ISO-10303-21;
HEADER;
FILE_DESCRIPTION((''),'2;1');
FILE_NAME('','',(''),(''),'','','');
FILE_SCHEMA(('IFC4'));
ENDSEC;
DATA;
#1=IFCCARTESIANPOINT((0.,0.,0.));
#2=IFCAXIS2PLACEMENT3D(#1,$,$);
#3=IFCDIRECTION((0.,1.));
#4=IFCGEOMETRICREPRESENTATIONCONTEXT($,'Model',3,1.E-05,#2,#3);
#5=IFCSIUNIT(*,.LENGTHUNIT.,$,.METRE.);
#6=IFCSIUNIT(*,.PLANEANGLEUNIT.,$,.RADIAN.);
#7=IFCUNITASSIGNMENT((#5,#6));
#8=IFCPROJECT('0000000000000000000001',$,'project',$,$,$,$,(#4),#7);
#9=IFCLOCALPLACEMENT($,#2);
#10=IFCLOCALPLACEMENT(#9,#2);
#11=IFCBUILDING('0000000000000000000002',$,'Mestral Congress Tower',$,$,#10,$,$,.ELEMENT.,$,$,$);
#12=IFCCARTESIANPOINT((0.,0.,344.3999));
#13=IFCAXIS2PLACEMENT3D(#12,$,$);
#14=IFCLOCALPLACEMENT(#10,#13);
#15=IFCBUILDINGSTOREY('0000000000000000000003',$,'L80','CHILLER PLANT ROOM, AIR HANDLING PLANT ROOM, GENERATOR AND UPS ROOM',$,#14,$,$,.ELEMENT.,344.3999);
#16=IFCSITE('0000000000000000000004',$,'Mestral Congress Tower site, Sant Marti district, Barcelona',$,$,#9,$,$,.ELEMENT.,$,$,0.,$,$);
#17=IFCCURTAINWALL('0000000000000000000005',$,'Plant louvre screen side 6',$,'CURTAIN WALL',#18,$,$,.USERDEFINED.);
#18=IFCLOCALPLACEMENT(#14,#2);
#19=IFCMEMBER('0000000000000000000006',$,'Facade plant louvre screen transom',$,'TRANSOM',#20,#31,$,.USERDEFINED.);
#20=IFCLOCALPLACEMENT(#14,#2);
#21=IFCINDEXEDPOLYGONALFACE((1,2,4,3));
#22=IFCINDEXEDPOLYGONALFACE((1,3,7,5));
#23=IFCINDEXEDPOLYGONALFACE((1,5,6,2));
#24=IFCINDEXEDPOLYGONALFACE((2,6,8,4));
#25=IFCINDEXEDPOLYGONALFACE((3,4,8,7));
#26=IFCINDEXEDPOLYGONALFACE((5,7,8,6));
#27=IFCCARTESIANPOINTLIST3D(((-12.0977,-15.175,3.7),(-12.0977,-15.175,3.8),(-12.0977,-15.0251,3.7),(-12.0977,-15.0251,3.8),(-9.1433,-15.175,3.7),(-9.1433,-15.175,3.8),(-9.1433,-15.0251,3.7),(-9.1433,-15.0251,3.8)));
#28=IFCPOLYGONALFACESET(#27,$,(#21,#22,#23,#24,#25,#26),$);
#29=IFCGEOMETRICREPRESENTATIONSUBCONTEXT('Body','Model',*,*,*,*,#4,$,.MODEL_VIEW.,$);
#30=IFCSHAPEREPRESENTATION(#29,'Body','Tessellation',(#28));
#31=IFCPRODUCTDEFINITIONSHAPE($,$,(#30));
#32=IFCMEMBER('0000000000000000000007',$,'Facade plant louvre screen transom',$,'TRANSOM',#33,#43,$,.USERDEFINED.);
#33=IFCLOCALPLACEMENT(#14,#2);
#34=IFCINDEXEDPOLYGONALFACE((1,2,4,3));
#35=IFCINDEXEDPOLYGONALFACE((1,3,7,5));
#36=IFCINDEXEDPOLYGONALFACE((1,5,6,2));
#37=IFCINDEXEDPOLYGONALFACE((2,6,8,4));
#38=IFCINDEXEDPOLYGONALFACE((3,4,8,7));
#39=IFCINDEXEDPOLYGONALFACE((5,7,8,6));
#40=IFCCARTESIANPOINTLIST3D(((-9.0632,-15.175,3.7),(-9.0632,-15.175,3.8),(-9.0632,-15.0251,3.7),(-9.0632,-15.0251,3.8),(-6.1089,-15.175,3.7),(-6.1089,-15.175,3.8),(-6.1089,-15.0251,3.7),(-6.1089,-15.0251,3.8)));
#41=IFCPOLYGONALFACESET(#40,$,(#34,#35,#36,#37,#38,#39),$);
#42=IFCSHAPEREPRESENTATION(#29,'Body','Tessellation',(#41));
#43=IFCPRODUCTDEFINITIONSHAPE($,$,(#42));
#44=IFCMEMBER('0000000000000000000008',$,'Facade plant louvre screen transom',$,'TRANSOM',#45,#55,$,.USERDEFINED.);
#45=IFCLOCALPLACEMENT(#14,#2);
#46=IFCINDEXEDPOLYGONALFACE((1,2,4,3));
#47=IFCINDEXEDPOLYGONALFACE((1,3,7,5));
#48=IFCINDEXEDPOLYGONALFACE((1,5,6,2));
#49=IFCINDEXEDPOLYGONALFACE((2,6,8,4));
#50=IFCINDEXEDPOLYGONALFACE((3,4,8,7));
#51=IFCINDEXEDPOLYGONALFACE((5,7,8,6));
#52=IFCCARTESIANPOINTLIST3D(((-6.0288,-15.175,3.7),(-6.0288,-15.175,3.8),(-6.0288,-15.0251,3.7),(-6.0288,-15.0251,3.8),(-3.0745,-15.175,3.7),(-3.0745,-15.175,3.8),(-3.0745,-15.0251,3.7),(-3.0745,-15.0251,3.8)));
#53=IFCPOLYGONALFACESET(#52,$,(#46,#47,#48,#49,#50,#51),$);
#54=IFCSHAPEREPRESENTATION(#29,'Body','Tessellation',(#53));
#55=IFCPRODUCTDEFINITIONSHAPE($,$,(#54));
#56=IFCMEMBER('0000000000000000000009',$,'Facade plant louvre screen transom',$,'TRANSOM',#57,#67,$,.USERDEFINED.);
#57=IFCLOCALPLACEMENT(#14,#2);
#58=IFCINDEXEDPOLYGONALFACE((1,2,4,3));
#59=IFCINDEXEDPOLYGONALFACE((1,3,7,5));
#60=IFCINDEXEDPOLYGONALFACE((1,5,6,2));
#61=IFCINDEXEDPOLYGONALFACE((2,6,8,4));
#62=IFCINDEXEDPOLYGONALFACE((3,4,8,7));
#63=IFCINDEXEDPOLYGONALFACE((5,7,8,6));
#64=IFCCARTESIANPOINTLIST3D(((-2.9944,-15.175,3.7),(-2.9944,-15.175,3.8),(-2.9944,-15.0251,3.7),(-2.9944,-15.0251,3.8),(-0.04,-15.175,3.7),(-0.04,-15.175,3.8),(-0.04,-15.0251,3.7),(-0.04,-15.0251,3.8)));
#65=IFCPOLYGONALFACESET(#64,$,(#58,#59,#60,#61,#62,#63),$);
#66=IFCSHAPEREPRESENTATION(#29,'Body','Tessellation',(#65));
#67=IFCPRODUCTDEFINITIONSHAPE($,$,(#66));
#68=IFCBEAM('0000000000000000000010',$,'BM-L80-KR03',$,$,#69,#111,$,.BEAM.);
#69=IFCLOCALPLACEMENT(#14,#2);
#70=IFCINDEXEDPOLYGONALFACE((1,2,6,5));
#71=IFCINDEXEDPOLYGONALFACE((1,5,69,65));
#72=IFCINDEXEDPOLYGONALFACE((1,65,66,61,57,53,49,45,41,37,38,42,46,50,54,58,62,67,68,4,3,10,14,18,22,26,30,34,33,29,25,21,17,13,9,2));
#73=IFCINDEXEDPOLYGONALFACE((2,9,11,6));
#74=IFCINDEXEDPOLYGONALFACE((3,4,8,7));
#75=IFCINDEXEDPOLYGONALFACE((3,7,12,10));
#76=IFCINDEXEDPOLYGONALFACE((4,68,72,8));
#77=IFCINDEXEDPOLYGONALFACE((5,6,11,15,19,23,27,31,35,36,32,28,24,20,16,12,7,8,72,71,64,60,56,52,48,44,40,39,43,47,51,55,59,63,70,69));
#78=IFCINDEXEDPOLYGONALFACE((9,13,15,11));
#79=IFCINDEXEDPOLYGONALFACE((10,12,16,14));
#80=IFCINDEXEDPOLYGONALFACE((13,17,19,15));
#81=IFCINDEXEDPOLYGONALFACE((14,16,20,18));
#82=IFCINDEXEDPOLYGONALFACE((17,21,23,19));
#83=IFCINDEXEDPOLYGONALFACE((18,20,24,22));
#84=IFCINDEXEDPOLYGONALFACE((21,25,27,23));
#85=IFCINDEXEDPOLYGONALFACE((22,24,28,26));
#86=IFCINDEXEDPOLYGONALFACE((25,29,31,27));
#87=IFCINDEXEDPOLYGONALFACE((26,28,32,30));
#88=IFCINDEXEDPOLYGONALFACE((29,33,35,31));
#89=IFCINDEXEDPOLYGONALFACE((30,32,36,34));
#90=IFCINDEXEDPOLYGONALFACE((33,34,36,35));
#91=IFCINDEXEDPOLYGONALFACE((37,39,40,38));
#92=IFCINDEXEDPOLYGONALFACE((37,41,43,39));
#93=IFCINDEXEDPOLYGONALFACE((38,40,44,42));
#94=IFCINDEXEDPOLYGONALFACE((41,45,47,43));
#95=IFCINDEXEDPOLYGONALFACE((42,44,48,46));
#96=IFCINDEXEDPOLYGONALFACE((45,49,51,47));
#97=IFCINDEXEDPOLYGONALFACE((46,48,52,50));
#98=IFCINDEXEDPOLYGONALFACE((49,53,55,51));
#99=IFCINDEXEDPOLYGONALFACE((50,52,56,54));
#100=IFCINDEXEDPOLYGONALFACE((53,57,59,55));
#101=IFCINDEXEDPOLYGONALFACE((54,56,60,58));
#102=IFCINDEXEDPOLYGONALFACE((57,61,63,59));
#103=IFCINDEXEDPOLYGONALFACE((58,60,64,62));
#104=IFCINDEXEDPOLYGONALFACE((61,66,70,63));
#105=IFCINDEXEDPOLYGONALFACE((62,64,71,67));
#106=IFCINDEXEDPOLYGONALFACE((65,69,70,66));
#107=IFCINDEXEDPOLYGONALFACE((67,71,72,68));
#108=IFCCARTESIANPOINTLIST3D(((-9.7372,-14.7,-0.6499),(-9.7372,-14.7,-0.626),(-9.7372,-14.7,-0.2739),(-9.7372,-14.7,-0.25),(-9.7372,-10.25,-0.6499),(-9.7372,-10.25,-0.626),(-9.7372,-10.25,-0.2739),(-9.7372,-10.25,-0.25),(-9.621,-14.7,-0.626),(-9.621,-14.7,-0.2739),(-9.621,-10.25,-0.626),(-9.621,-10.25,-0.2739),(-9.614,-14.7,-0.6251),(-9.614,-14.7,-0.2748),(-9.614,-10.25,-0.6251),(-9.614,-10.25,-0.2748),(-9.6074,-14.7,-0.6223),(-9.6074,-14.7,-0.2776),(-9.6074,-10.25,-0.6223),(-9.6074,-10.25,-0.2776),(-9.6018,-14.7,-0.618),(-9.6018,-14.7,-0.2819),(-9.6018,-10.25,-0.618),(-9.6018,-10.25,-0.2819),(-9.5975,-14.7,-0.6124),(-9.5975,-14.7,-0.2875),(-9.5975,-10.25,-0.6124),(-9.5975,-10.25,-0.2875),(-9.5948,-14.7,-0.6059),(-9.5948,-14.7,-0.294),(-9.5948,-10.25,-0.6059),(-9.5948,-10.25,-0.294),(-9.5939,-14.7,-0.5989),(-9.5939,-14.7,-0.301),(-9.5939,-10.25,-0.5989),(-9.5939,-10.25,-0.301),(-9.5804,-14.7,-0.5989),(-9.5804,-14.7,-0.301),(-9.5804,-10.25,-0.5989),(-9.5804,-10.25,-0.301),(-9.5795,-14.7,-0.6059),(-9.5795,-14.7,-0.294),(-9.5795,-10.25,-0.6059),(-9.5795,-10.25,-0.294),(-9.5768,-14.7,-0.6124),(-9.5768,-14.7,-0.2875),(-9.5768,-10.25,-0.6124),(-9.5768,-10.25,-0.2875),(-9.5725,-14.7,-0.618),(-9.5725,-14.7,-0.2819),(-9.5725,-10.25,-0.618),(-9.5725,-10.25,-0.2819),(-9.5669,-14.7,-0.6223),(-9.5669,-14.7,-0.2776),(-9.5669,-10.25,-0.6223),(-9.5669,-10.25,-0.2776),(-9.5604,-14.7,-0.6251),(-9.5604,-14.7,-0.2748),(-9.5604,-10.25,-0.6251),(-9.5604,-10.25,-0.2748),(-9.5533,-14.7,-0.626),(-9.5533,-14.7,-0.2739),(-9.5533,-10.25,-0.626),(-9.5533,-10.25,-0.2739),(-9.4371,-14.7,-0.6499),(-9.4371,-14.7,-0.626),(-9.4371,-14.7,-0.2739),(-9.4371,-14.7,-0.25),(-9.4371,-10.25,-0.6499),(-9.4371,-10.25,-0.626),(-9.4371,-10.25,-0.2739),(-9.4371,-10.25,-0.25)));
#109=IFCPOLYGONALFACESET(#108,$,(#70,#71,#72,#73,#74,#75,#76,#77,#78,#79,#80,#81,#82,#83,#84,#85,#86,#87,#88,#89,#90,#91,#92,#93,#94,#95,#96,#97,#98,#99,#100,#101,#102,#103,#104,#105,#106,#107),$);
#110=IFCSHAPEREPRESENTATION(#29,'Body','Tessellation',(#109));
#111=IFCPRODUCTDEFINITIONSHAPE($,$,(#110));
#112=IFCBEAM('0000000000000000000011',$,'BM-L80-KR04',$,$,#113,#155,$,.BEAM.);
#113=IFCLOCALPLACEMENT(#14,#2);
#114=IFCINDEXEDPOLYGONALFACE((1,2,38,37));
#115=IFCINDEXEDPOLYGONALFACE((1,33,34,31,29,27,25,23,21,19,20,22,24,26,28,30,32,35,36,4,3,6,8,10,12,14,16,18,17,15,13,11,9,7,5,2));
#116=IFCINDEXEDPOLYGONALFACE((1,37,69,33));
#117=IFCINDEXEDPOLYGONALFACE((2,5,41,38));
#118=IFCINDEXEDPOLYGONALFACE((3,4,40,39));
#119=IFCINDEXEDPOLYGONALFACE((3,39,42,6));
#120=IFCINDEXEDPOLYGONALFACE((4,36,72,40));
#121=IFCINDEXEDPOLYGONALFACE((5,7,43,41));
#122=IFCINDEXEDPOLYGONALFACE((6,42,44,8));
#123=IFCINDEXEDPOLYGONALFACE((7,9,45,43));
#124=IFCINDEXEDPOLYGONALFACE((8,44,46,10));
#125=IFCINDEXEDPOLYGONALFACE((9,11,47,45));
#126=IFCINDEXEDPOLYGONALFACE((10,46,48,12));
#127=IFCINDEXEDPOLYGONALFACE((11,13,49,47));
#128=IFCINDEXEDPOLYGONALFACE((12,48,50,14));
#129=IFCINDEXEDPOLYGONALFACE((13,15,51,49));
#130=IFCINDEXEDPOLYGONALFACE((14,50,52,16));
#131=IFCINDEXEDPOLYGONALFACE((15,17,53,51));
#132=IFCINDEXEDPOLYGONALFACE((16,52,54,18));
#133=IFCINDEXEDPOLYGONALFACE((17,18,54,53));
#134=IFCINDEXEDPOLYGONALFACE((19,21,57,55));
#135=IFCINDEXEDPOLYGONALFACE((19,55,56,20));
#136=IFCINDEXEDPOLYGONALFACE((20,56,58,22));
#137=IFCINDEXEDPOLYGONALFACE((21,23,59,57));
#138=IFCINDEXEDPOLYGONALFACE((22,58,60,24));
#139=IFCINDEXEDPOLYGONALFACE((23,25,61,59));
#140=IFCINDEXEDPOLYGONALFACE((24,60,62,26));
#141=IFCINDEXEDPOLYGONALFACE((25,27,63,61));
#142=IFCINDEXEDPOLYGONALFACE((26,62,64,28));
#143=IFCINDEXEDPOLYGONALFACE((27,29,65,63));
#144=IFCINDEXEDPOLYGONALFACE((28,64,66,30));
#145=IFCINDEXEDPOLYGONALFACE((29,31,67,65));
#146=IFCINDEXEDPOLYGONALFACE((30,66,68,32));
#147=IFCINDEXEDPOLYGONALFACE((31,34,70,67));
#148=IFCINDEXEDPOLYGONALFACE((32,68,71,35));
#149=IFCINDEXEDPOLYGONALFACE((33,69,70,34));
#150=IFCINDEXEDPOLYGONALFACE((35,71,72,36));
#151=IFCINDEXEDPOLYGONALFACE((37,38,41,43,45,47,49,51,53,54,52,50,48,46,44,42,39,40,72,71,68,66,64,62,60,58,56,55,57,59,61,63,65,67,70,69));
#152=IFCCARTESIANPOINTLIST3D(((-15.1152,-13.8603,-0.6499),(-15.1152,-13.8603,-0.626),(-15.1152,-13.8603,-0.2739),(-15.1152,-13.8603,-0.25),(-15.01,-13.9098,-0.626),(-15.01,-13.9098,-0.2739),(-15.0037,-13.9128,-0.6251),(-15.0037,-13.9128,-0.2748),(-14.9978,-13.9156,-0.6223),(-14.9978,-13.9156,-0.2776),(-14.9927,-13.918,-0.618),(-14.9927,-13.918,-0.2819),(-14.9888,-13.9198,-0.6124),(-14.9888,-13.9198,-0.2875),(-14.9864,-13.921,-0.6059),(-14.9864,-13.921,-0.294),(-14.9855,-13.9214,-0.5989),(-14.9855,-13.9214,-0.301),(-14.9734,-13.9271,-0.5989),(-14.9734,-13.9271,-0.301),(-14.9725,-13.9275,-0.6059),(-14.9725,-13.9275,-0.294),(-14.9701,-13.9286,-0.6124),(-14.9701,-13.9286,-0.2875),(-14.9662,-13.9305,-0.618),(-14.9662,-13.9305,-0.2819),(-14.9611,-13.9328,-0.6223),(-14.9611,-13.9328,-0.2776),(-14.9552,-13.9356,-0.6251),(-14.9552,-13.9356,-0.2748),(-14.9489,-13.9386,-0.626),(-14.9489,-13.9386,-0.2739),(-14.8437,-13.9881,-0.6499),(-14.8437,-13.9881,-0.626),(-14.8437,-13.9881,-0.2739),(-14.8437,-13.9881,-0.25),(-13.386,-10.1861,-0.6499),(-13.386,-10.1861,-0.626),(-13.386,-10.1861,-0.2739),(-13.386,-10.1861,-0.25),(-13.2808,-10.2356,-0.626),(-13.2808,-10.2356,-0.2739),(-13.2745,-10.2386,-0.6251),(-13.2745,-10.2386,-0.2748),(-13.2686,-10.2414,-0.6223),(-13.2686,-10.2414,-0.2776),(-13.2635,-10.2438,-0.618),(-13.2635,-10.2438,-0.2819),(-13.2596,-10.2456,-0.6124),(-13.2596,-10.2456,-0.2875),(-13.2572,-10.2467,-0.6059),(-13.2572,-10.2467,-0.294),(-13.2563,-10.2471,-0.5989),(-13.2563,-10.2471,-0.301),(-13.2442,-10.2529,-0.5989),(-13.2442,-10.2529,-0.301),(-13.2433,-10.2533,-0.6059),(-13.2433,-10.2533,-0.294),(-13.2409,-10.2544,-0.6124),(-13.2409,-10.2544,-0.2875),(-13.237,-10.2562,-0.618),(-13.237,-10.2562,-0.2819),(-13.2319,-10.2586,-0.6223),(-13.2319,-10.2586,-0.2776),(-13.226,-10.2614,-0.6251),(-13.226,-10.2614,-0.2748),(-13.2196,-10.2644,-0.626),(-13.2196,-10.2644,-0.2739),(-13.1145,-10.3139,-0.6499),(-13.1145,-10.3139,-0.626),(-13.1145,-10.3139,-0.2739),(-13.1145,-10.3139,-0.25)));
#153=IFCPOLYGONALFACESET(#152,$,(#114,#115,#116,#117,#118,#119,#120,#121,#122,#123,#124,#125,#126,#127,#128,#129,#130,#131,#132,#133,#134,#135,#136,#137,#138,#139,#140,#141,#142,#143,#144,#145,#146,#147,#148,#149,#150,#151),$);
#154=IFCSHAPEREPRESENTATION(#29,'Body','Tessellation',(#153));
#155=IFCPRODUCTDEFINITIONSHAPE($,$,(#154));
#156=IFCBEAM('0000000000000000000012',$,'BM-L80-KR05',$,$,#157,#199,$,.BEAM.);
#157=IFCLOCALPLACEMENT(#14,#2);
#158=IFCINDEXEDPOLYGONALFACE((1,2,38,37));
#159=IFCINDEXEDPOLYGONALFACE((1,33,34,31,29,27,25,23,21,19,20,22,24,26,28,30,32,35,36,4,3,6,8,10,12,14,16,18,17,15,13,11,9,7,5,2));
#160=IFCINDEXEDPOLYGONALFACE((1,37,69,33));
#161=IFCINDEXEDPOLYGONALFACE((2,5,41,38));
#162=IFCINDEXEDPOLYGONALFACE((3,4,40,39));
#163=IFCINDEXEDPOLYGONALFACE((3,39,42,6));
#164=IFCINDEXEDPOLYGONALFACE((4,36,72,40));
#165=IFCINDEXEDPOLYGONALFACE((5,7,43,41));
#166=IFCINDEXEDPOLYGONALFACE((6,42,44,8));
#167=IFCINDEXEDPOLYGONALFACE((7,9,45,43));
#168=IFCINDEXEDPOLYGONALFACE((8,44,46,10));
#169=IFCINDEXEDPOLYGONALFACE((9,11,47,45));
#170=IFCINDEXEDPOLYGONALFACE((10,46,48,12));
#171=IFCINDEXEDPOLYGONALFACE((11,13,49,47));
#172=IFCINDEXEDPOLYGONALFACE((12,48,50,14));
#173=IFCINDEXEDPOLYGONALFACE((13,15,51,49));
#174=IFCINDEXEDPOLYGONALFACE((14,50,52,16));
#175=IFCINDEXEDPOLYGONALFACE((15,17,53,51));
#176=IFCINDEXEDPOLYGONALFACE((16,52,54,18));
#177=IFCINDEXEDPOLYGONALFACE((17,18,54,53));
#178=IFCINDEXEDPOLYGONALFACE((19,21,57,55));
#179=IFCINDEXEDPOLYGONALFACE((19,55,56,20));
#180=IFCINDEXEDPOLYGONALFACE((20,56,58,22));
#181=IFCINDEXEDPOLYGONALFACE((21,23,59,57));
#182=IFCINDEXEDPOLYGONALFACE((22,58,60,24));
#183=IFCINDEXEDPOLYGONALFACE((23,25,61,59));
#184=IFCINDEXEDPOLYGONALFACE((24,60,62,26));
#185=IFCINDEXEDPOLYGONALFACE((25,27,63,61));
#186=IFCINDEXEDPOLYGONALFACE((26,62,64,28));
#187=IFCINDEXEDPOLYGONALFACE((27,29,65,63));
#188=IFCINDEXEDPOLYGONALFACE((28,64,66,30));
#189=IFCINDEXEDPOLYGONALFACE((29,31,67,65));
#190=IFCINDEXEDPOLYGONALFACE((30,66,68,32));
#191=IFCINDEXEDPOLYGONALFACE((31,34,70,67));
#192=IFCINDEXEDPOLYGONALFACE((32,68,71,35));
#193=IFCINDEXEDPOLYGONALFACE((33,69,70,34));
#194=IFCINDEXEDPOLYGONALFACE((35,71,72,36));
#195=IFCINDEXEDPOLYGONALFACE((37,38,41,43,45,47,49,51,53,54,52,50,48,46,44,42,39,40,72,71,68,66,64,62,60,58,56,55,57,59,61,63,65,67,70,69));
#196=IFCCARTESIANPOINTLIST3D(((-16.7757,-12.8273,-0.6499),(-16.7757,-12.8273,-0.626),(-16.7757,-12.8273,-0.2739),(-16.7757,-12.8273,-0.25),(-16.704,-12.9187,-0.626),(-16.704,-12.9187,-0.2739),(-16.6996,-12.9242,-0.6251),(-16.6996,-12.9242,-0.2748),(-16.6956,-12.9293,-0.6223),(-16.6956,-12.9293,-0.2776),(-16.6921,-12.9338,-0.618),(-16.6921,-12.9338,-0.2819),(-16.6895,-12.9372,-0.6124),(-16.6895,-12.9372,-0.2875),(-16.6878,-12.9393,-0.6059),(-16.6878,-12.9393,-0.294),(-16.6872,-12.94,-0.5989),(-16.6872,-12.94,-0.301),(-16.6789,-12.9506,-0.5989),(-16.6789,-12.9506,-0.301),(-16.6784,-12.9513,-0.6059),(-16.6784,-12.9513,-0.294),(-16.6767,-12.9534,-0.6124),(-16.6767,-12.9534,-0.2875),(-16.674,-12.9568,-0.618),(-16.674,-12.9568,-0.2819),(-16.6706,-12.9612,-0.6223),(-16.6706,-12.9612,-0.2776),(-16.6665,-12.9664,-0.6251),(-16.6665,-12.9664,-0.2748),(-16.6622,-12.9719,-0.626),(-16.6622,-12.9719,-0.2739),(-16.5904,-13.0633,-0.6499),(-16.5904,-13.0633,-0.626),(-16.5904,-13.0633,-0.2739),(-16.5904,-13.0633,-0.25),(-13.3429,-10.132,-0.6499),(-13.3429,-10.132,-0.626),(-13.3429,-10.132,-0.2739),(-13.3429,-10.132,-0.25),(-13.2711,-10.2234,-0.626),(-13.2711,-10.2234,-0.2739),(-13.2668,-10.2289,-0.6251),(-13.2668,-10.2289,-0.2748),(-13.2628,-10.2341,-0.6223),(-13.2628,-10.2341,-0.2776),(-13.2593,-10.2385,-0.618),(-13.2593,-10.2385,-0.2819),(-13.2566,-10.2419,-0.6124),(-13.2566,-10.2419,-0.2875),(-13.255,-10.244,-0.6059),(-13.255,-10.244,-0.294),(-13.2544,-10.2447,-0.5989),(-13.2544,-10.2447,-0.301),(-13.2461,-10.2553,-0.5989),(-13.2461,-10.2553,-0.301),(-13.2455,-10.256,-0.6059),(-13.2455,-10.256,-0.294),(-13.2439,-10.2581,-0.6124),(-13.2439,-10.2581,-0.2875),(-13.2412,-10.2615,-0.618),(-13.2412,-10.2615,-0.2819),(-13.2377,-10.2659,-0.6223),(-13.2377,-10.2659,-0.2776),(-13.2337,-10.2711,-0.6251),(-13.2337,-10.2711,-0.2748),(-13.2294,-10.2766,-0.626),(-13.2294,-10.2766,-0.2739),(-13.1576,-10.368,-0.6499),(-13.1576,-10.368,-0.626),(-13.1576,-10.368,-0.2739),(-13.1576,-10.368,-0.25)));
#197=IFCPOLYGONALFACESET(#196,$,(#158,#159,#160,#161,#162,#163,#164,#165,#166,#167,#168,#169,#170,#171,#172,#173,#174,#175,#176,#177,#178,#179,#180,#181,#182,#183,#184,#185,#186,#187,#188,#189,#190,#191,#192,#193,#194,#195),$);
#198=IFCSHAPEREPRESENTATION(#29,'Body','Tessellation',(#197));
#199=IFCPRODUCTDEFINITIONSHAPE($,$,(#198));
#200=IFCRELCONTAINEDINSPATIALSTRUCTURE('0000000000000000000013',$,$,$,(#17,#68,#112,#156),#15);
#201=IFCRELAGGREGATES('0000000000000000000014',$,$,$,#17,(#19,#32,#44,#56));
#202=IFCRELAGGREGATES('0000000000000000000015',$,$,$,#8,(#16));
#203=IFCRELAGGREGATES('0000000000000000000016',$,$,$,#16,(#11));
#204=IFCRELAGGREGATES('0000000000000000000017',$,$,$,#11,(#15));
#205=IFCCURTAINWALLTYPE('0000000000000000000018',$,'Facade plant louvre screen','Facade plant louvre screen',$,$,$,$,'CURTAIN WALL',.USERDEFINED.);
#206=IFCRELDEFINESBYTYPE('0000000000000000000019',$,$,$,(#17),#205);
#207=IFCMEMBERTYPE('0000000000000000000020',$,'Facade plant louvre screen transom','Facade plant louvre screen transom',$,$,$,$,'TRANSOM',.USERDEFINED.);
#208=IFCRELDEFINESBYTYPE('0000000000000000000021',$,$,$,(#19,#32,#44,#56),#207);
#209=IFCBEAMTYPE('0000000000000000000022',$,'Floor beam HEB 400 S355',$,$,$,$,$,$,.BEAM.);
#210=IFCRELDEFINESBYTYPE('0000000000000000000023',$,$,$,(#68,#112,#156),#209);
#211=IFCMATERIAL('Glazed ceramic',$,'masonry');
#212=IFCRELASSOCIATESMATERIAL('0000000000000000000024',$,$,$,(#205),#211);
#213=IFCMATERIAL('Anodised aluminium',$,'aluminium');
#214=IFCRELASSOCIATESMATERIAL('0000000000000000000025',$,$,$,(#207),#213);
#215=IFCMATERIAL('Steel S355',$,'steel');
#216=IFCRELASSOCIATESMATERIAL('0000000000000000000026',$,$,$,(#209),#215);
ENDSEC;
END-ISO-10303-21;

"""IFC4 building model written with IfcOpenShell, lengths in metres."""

from ifc_helpers import new_model, si_unit, direction, frame, origin, origin_2d, place, context, subcontext, project, spatial, rectangle, i_section, extrude, material, material_profile, profile_set, type_object, element, aggregate, save


model = new_model("IFC4")

# Units and contexts
model_context = context("Model", 3, precision=1e-05, world=origin(), true_north=direction((0.0, 1.0)))
body_context = subcontext(model_context, "Body", "Model", "MODEL_VIEW")
ifc_project = project(units=[si_unit("LENGTHUNIT", "METRE"), si_unit("PLANEANGLEUNIT", "RADIAN")], contexts=[model_context])

# Site, building, storey
site_placement = place(None, origin())
site = spatial("IfcSite", under=ifc_project, at=site_placement, Name="Mestral Congress Tower site, Sant Marti district, Barcelona", CompositionType="ELEMENT", RefElevation=0.0)
building_placement = place(site_placement, origin())
building = spatial("IfcBuilding", under=site, at=building_placement, Name="Mestral Congress Tower", CompositionType="ELEMENT")
storey_placement = place(building_placement, frame((0.0, 0.0, 344.3999)))
storey = spatial("IfcBuildingStorey", under=building, at=storey_placement, Name="L80", Description="CHILLER PLANT ROOM, AIR HANDLING PLANT ROOM, GENERATOR AND UPS ROOM", CompositionType="ELEMENT", Elevation=344.3999)

# Shared definitions
ifc_material_1 = material(Name="Steel S355", Category="steel")

# Shared definitions
ifc_material_2 = material(Name="Glazed ceramic", Category="masonry")
curtain_wall_type = type_object("IfcCurtainWallType", Name="Facade plant louvre screen", Description="Facade plant louvre screen", ElementType="CURTAIN WALL", PredefinedType="USERDEFINED", material=ifc_material_2)
placement = place(storey_placement, origin())
ifc_material_3 = material(Name="Anodised aluminium", Category="aluminium")

# Curtain wall, members
curtain_wall_1 = element("IfcCurtainWall", 1, at=placement, inside=storey, type_object=curtain_wall_type, Name="Plant louvre screen side 6", ObjectType="CURTAIN WALL", PredefinedType="USERDEFINED")
ifc_material_profile_1 = material_profile(ifc_material_3, rectangle(XDim=0.1499, YDim=0.1001, at=origin_2d()), Name="CW6 transom 150 x 100")
ifc_profile_set_1 = profile_set([ifc_material_profile_1], Name="Anodised aluminium")
member_type_1 = type_object("IfcMemberType", Name="Facade plant louvre screen transom", Description="Facade plant louvre screen transom", ElementType="TRANSOM", PredefinedType="USERDEFINED", material=ifc_profile_set_1)
member_1_placement = place(storey_placement, frame((-12.0977, -15.1001, 3.75), z_axis=(1.0, 0.0, 0.0), x_axis=(0.0, 1.0, 0.0)))
member_1 = element("IfcMember", 2, at=member_1_placement, type_object=member_type_1, Name="Facade plant louvre screen transom", ObjectType="TRANSOM", PredefinedType="USERDEFINED", context=body_context, shape_type="SweptSolid", body=[
    extrude(rectangle(XDim=0.1499, YDim=0.1001, at=origin_2d()), origin(), (0.0, 0.0, 1.0), 2.9543),
])
member_2_placement = place(storey_placement, frame((-9.0632, -15.1001, 3.75), z_axis=(1.0, 0.0, 0.0), x_axis=(0.0, 1.0, 0.0)))
member_2 = element("IfcMember", 3, at=member_2_placement, type_object=member_type_1, Name="Facade plant louvre screen transom", ObjectType="TRANSOM", PredefinedType="USERDEFINED", context=body_context, shape_type="SweptSolid", body=[
    extrude(rectangle(XDim=0.1499, YDim=0.1001, at=origin_2d()), origin(), (0.0, 0.0, 1.0), 2.9543),
])
member_3_placement = place(storey_placement, frame((-6.0288, -15.1001, 3.75), z_axis=(1.0, 0.0, 0.0), x_axis=(0.0, 1.0, 0.0)))
member_3 = element("IfcMember", 4, at=member_3_placement, type_object=member_type_1, Name="Facade plant louvre screen transom", ObjectType="TRANSOM", PredefinedType="USERDEFINED", context=body_context, shape_type="SweptSolid", body=[
    extrude(rectangle(XDim=0.1499, YDim=0.1001, at=origin_2d()), origin(), (0.0, 0.0, 1.0), 2.9543),
])
member_4_placement = place(storey_placement, frame((-2.9944, -15.1001, 3.75), z_axis=(1.0, 0.0, 0.0), x_axis=(0.0, 1.0, 0.0)))
member_4 = element("IfcMember", 5, at=member_4_placement, type_object=member_type_1, Name="Facade plant louvre screen transom", ObjectType="TRANSOM", PredefinedType="USERDEFINED", context=body_context, shape_type="SweptSolid", body=[
    extrude(rectangle(XDim=0.1499, YDim=0.1001, at=origin_2d()), origin(), (0.0, 0.0, 1.0), 2.9543),
])

# Beams
ifc_material_profile_2 = material_profile(ifc_material_1, i_section(OverallWidth=0.3, OverallDepth=0.3999, WebThickness=0.0134, FlangeThickness=0.0239, FilletRadius=0.0271, at=origin_2d()), Name="HEB 400")
ifc_profile_set_2 = profile_set([ifc_material_profile_2], Name="Steel S355")
beam_type_1 = type_object("IfcBeamType", Name="Floor beam HEB 400 S355", PredefinedType="BEAM", material=ifc_profile_set_2)
beam_1_placement = place(storey_placement, frame((-9.5872, -10.25, -0.45), z_axis=(0.0, -1.0, 0.0), x_axis=(1.0, 0.0, 0.0)))
element("IfcBeam", 6, at=beam_1_placement, inside=storey, type_object=beam_type_1, Name="BM-L80-KR03", PredefinedType="BEAM", context=body_context, shape_type="SweptSolid", body=[
    extrude(i_section(OverallWidth=0.3, OverallDepth=0.3999, WebThickness=0.0134, FlangeThickness=0.0239, FilletRadius=0.0271, at=origin_2d()), origin(), (0.0, 0.0, 1.0), 4.45),
])
beam_2_placement = place(storey_placement, frame((-13.2502, -10.25, -0.45), z_axis=(-0.425829, -0.904804, 0.0), x_axis=(0.904804, -0.425829, 0.0)))
element("IfcBeam", 7, at=beam_2_placement, inside=storey, type_object=beam_type_1, Name="BM-L80-KR04", PredefinedType="BEAM", context=body_context, shape_type="SweptSolid", body=[
    extrude(i_section(OverallWidth=0.3, OverallDepth=0.3999, WebThickness=0.0134, FlangeThickness=0.0239, FilletRadius=0.0271, at=origin_2d()), origin(), (0.0, 0.0, 1.0), 4.0608),
])
beam_3_placement = place(storey_placement, frame((-13.2502, -10.25, -0.45), z_axis=(-0.786534, -0.617547, 0.0), x_axis=(0.617547, -0.786534, 0.0)))
element("IfcBeam", 8, at=beam_3_placement, inside=storey, type_object=beam_type_1, Name="BM-L80-KR05", PredefinedType="BEAM", context=body_context, shape_type="SweptSolid", body=[
    extrude(i_section(OverallWidth=0.3, OverallDepth=0.3999, WebThickness=0.0134, FlangeThickness=0.0239, FilletRadius=0.0271, at=origin_2d()), origin(), (0.0, 0.0, 1.0), 4.3645),
])

aggregate(curtain_wall_1, [member_1, member_2, member_3, member_4])

save(model, "model.ifc")
